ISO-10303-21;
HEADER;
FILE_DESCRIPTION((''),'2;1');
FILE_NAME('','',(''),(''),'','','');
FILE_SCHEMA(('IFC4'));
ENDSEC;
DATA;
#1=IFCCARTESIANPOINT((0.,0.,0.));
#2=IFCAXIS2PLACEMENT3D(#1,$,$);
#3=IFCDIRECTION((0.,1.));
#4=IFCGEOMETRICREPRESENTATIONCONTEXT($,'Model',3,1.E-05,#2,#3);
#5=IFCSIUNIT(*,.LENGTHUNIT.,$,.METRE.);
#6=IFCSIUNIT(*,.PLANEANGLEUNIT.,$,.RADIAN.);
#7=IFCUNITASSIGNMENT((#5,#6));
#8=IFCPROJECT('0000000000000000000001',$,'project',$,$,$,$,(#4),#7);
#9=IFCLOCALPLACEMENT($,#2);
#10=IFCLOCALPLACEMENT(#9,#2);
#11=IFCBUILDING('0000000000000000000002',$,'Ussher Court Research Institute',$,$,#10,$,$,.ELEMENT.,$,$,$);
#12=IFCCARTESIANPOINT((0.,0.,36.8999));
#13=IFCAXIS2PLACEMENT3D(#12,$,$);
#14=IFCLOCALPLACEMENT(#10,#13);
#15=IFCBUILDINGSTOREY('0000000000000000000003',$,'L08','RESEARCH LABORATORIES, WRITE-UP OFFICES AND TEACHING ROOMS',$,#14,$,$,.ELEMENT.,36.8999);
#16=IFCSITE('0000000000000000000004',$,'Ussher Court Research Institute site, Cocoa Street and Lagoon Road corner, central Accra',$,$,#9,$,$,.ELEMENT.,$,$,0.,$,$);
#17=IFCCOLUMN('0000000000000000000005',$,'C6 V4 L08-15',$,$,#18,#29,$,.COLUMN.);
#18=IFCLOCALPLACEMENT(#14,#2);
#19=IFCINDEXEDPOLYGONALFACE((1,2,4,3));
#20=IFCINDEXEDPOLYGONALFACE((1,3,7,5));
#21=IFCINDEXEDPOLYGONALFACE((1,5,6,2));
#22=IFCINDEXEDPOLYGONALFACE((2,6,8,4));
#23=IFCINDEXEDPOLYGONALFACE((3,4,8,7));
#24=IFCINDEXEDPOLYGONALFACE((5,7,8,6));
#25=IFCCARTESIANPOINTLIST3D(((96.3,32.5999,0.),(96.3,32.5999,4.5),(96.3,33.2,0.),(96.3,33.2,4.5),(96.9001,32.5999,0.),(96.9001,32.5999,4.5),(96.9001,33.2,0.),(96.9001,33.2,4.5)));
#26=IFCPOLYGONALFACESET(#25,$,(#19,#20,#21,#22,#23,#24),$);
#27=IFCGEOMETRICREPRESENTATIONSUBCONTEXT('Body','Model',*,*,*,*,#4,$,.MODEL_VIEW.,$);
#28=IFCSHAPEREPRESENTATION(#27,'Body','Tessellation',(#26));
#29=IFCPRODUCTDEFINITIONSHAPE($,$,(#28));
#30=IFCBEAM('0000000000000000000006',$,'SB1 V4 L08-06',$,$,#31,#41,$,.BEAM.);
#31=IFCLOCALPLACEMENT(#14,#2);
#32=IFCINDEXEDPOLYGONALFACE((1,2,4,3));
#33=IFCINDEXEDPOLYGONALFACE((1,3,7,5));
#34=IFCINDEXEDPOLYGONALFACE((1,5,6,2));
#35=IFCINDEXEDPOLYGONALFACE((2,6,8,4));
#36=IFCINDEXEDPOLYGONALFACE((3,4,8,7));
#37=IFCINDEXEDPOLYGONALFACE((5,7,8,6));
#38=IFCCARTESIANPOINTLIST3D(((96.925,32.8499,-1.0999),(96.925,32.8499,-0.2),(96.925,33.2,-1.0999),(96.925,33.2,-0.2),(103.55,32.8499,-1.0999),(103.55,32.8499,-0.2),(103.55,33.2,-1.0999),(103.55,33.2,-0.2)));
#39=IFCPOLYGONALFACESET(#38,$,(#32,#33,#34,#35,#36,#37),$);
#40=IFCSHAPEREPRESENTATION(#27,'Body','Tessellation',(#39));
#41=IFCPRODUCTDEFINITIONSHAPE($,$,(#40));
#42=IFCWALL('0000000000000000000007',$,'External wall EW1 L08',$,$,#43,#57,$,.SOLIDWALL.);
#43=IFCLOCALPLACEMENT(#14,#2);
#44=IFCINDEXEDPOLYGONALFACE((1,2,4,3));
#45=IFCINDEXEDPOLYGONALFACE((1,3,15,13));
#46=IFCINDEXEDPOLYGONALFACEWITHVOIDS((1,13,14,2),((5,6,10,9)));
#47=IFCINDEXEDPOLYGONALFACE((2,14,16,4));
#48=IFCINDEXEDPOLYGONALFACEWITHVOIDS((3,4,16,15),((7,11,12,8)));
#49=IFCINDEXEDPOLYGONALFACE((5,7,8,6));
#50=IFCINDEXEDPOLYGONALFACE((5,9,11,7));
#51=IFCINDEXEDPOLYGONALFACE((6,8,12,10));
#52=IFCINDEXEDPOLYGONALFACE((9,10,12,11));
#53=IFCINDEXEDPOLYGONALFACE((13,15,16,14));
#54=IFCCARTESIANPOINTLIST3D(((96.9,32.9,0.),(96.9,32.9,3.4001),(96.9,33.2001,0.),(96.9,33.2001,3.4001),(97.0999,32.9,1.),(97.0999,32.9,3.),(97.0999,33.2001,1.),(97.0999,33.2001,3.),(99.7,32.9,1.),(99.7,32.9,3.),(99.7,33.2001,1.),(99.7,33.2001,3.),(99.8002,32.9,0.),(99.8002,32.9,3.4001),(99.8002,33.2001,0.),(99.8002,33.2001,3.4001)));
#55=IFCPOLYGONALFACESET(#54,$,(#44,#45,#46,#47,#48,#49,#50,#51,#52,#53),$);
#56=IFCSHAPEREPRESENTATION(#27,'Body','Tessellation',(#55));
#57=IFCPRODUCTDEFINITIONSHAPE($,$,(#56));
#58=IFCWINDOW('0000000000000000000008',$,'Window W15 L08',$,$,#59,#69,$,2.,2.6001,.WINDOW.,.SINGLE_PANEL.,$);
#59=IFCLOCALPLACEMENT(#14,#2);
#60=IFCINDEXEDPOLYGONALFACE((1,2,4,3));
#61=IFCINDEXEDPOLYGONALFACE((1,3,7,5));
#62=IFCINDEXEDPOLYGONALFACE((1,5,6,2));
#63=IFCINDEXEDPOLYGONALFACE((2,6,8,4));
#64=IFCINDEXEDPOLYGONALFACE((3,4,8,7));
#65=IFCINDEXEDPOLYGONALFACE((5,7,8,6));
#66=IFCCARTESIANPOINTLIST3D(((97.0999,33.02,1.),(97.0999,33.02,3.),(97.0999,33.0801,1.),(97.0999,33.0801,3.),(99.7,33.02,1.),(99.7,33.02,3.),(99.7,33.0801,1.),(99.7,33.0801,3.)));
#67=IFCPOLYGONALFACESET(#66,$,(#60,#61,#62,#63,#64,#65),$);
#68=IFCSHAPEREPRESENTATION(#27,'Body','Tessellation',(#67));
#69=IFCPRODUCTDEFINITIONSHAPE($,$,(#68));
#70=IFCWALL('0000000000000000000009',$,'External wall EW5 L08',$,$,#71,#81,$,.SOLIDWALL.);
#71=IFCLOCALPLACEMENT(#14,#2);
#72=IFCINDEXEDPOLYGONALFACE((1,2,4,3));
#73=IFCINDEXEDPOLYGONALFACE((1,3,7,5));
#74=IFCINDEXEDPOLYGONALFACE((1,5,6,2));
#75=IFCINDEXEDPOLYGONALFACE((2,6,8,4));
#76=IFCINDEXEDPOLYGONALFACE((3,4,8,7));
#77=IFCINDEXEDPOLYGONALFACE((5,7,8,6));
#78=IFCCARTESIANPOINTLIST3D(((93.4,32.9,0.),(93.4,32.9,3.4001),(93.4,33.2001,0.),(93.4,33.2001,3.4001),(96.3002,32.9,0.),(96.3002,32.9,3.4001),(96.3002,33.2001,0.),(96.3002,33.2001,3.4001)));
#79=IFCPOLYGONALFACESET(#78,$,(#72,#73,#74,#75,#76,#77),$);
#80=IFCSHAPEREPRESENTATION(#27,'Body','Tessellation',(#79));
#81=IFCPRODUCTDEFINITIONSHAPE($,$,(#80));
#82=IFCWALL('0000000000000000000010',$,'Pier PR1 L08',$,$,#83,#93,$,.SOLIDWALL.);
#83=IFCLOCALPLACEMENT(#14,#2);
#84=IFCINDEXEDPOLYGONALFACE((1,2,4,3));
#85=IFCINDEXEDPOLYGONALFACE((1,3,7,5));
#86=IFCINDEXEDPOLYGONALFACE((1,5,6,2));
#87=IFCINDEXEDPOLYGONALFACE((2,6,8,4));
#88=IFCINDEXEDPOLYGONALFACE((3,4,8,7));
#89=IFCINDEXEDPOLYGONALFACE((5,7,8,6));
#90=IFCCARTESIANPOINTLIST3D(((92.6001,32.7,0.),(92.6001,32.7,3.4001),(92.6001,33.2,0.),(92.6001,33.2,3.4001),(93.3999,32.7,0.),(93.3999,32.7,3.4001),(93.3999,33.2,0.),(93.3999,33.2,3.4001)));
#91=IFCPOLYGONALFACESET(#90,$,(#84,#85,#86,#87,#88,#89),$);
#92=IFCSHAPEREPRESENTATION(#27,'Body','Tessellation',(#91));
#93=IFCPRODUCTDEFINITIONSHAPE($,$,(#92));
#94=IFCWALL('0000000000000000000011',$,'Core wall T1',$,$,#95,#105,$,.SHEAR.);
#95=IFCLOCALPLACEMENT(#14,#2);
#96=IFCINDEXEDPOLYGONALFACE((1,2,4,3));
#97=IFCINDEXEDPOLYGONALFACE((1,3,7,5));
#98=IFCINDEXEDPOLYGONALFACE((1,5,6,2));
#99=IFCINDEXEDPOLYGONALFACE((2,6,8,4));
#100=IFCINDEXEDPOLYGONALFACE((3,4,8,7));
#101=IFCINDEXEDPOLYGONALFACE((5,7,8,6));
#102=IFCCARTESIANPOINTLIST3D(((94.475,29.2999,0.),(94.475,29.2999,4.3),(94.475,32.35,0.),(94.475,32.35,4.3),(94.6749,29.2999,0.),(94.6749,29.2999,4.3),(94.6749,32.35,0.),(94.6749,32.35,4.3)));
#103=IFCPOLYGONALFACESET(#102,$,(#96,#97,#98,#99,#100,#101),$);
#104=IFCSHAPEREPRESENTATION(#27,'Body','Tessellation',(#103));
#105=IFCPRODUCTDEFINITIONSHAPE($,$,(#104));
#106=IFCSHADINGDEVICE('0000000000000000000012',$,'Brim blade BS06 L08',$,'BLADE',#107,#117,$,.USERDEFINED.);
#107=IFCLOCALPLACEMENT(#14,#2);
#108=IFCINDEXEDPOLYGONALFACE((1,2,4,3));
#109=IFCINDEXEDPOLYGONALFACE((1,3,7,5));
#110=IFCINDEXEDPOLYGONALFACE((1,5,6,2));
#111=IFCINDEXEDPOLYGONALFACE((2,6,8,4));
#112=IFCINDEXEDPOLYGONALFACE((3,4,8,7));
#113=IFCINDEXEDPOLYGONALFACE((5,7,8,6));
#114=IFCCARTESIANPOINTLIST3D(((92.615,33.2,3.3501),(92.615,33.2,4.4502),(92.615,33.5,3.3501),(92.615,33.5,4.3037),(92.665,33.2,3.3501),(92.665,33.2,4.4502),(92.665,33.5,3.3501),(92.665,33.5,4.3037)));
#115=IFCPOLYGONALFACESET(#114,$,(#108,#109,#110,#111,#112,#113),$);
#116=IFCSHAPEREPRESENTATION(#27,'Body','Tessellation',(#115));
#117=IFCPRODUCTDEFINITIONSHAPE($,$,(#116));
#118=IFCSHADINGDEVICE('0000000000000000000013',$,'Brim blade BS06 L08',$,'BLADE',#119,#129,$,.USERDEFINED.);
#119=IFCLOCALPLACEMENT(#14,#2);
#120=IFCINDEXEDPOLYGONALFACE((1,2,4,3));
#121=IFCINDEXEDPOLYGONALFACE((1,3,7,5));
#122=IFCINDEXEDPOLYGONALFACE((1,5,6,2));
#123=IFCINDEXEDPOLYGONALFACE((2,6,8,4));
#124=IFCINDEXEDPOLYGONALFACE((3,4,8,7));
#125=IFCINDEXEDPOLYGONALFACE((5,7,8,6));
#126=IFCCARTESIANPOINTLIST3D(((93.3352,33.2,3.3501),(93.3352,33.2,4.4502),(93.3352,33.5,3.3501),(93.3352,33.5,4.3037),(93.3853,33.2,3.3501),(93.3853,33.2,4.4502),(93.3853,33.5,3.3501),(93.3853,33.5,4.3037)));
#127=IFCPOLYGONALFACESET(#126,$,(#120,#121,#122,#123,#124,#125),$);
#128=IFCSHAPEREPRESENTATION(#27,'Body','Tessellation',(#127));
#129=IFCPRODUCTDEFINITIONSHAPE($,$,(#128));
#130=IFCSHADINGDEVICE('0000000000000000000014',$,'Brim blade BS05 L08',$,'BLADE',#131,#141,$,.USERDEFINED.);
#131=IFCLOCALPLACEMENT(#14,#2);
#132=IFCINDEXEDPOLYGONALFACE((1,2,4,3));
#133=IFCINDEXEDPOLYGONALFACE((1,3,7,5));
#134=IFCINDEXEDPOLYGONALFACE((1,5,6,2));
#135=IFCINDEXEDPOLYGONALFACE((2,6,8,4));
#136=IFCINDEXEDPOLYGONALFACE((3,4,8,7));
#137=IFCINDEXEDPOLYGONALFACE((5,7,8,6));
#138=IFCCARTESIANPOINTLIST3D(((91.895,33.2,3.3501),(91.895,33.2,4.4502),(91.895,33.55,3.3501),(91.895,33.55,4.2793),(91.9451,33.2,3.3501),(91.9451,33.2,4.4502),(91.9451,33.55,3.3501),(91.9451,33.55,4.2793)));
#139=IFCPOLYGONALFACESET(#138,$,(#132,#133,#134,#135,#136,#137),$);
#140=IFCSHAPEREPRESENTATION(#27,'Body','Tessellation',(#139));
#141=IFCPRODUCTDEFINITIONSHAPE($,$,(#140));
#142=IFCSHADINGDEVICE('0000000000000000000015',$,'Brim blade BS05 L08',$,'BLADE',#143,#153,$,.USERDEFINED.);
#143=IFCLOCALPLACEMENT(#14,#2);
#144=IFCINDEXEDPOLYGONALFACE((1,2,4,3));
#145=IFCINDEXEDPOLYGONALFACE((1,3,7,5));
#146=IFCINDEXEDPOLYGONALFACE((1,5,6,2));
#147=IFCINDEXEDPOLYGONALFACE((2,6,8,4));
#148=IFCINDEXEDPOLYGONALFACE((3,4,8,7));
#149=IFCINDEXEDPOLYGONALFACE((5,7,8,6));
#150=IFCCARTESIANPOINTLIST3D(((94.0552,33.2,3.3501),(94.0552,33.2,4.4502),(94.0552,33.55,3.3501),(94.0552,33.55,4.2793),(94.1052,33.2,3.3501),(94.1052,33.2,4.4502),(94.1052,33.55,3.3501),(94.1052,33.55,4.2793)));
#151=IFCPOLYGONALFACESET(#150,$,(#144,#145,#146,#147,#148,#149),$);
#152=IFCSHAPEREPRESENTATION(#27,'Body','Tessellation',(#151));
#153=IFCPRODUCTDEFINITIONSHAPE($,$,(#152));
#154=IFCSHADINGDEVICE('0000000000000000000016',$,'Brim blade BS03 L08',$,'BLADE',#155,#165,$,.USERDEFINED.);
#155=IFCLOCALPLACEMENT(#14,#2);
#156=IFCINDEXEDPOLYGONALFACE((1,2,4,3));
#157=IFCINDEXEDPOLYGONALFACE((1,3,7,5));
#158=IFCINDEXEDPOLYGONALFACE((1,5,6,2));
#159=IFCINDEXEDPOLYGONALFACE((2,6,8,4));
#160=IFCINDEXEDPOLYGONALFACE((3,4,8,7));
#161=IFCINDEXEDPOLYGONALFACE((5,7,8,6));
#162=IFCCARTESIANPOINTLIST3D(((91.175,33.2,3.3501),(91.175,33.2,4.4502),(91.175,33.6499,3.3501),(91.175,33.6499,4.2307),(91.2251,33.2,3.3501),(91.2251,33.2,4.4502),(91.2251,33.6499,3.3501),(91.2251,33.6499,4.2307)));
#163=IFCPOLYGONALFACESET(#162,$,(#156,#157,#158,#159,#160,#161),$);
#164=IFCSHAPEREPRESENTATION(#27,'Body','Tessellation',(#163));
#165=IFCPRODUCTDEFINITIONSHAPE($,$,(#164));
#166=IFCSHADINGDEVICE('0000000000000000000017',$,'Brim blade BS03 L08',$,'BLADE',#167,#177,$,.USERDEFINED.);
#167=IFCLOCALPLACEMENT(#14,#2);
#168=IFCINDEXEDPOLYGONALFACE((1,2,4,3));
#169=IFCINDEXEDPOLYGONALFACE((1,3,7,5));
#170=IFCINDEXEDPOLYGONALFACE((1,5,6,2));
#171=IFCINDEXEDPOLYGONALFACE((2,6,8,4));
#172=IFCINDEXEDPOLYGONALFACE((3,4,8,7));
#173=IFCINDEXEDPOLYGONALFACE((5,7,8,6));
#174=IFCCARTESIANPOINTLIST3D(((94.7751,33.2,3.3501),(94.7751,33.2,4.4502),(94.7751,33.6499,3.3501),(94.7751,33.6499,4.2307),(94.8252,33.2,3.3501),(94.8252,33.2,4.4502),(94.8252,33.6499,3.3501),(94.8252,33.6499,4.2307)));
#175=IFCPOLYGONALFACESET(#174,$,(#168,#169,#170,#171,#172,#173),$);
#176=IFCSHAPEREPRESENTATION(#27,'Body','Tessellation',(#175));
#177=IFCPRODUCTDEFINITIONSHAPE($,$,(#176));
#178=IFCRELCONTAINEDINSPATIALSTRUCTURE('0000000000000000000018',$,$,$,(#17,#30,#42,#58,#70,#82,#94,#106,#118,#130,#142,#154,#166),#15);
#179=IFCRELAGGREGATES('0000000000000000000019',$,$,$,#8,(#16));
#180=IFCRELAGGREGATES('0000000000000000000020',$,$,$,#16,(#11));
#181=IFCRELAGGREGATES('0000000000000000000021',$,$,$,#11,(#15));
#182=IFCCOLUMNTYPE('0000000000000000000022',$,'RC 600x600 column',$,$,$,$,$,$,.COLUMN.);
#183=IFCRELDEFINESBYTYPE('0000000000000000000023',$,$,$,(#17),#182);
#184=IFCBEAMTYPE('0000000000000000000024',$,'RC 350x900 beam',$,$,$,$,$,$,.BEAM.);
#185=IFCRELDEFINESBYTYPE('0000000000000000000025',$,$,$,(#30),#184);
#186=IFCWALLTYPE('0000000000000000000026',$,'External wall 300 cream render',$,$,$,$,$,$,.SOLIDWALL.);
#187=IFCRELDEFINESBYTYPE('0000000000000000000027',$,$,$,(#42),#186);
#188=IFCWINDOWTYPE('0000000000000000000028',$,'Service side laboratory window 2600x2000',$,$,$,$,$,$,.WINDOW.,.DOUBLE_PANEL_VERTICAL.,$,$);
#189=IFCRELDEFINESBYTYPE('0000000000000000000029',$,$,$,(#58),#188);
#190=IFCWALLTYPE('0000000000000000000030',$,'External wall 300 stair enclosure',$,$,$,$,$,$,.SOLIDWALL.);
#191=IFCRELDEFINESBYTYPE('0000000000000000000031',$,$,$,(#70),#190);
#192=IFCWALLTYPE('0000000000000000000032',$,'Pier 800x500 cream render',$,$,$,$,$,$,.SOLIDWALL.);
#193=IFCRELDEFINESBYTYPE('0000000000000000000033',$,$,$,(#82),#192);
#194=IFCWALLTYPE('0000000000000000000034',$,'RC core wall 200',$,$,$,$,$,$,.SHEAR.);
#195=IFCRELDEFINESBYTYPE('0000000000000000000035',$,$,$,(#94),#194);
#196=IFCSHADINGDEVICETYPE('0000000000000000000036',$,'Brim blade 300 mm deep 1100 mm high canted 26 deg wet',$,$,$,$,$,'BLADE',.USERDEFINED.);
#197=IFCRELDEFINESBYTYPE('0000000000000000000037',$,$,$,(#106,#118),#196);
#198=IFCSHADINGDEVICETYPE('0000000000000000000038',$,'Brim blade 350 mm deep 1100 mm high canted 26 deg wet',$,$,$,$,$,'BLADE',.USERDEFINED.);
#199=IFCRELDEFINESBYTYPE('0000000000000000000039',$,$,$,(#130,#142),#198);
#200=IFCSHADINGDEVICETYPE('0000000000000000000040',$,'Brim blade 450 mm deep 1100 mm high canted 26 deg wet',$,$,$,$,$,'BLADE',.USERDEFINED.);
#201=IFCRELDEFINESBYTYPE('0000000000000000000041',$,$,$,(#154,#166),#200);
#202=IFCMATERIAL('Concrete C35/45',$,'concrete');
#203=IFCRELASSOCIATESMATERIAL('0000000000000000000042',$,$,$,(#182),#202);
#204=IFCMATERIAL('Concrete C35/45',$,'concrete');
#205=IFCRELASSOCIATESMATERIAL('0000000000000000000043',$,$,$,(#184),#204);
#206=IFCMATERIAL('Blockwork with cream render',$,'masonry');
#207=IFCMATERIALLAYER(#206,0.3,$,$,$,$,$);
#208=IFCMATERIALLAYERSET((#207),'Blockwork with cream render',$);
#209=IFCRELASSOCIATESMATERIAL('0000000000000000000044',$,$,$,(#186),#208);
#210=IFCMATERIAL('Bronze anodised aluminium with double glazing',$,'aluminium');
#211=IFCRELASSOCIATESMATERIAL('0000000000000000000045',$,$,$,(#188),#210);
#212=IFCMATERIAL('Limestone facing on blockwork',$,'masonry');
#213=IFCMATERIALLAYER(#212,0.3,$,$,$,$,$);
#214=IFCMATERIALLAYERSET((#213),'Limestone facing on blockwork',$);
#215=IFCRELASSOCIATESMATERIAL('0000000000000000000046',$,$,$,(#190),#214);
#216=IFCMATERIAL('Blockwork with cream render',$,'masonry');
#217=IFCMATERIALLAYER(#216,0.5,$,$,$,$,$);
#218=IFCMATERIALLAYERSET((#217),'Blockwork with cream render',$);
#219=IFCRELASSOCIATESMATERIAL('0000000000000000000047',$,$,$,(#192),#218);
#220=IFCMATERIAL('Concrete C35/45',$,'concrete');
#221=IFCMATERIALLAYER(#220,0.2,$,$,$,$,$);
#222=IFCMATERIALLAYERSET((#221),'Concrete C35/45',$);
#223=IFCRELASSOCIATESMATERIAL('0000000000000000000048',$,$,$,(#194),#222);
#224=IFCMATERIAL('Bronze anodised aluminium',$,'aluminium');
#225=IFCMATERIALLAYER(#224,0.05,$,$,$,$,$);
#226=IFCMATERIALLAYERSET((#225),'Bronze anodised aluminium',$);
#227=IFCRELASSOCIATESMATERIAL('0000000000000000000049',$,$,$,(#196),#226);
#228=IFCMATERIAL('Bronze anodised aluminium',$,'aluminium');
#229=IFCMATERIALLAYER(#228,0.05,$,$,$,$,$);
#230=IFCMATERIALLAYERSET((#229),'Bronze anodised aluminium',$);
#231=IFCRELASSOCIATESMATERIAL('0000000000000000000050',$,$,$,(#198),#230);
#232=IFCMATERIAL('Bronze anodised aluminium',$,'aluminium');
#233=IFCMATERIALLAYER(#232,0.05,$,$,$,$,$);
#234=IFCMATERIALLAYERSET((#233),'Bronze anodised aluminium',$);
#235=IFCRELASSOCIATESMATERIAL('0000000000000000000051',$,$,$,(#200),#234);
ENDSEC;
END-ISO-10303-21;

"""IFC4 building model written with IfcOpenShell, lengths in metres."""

from ifc_helpers import new_model, si_unit, direction, frame, frame_2d, origin, origin_2d, place, context, subcontext, project, spatial, polyline, rectangle, outline, extrude, material, layer, layer_set, material_profile, profile_set, type_object, element, fill, save


model = new_model("IFC4")

# Units and contexts
model_context = context("Model", 3, precision=1e-05, world=origin(), true_north=direction((0.0, 1.0)))
body_context = subcontext(model_context, "Body", "Model", "MODEL_VIEW")
ifc_project = project(units=[si_unit("LENGTHUNIT", "METRE"), si_unit("PLANEANGLEUNIT", "RADIAN")], contexts=[model_context])

# Site, building, storey
site_placement = place(None, origin())
site = spatial("IfcSite", under=ifc_project, at=site_placement, Name="Ussher Court Research Institute site, Cocoa Street and Lagoon Road corner, central Accra", CompositionType="ELEMENT", RefElevation=0.0)
building_placement = place(site_placement, origin())
building = spatial("IfcBuilding", under=site, at=building_placement, Name="Ussher Court Research Institute", CompositionType="ELEMENT")
storey_placement = place(building_placement, frame((0.0, 0.0, 36.8999)))
storey = spatial("IfcBuildingStorey", under=building, at=storey_placement, Name="L08", Description="RESEARCH LABORATORIES, WRITE-UP OFFICES AND TEACHING ROOMS", CompositionType="ELEMENT", Elevation=36.8999)

# Column
ifc_material_1 = material(Name="Concrete C35/45", Category="concrete")
ifc_material_profile_1 = material_profile(ifc_material_1, rectangle(XDim=0.6001, YDim=0.6001, at=origin_2d()), Name="RC 600x600")
ifc_profile_set_1 = profile_set([ifc_material_profile_1], Name="Concrete C35/45")
column_type = type_object("IfcColumnType", Name="RC 600x600 column", PredefinedType="COLUMN", material=ifc_profile_set_1)
column_placement = place(storey_placement, frame((96.6001, 32.8999, 0.0), z_axis=(0.0, 0.0, 1.0), x_axis=(1.0, 0.0, 0.0)))
element("IfcColumn", 1, at=column_placement, inside=storey, type_object=column_type, Name="C6 V4 L08-15", PredefinedType="COLUMN", context=body_context, shape_type="SweptSolid", body=[
    extrude(rectangle(XDim=0.6001, YDim=0.6001, at=origin_2d()), origin(), (0.0, 0.0, 1.0), 4.5),
])

# Beam
ifc_material_2 = material(Name="Concrete C35/45", Category="concrete")
ifc_material_profile_2 = material_profile(ifc_material_2, rectangle(XDim=0.3501, YDim=0.8999, at=origin_2d()), Name="RC 350x900")
ifc_profile_set_2 = profile_set([ifc_material_profile_2], Name="Concrete C35/45")
beam_type = type_object("IfcBeamType", Name="RC 350x900 beam", PredefinedType="BEAM", material=ifc_profile_set_2)
beam_placement = place(storey_placement, frame((96.925, 33.0249, -0.6499), z_axis=(1.0, 0.0, 0.0), x_axis=(0.0, 1.0, 0.0)))
element("IfcBeam", 2, at=beam_placement, inside=storey, type_object=beam_type, Name="SB1 V4 L08-06", PredefinedType="BEAM", context=body_context, shape_type="SweptSolid", body=[
    extrude(rectangle(XDim=0.3501, YDim=0.8999, at=origin_2d()), origin(), (0.0, 0.0, 1.0), 6.625),
])

# Wall, opening, window
ifc_material_3 = material(Name="Blockwork with cream render", Category="masonry")
ifc_layer_1 = layer(ifc_material_3, 0.3)
ifc_layer_set_1 = layer_set([ifc_layer_1], Name="Blockwork with cream render")
wall_type_1 = type_object("IfcWallType", Name="External wall 300 cream render", PredefinedType="SOLIDWALL", material=ifc_layer_set_1)
wall_1_placement = place(storey_placement, frame((96.8999, 33.05, 0.0), z_axis=(0.0, 0.0, 1.0), x_axis=(1.0, 0.0, 0.0)))
wall_1 = element("IfcWall", 3, at=wall_1_placement, inside=storey, type_object=wall_type_1, Name="External wall EW1 L08", PredefinedType="SOLIDWALL", context=body_context, shape_type="SweptSolid", body=[
    extrude(rectangle(XDim=2.9001, YDim=0.3, at=frame_2d((1.4502, 0.0))), origin(), (0.0, 0.0, 1.0), 3.4001),
])
opening_placement = place(wall_1_placement, frame((0.2, 0.0, 1.0)))
opening = element("IfcOpeningElement", 4, at=opening_placement, cuts=wall_1, PredefinedType="OPENING", context=body_context, shape_type="SweptSolid", body=[
    extrude(rectangle(XDim=2.6001, YDim=2.0, at=frame_2d((1.3, 1.0))), frame((0.0, 0.1602, 0.0), z_axis=(0.0, -1.0, 0.0), x_axis=(1.0, 0.0, 0.0)), (0.0, 0.0, 1.0), 0.3201),
])
ifc_material_4 = material(Name="Bronze anodised aluminium with double glazing", Category="aluminium")
window_type = type_object("IfcWindowType", Name="Service side laboratory window 2600x2000", PartitioningType="DOUBLE_PANEL_VERTICAL", PredefinedType="WINDOW", material=ifc_material_4)
window_placement = place(opening_placement, origin())
window = element("IfcWindow", 5, at=window_placement, inside=storey, type_object=window_type, Name="Window W15 L08", OverallHeight=2.0, OverallWidth=2.6001, PartitioningType="SINGLE_PANEL", PredefinedType="WINDOW", context=body_context, shape_type="SweptSolid", body=[
    extrude(rectangle(XDim=2.6001, YDim=2.0, at=frame_2d((1.3, 1.0))), frame((0.0, 0.03, 0.0), z_axis=(0.0, -1.0, 0.0), x_axis=(1.0, 0.0, 0.0)), (0.0, 0.0, 1.0), 0.0601),
])
fill(opening, window)

# Walls
ifc_material_5 = material(Name="Limestone facing on blockwork", Category="masonry")
ifc_layer_2 = layer(ifc_material_5, 0.3)
ifc_layer_set_2 = layer_set([ifc_layer_2], Name="Limestone facing on blockwork")
wall_type_2 = type_object("IfcWallType", Name="External wall 300 stair enclosure", PredefinedType="SOLIDWALL", material=ifc_layer_set_2)
wall_2_placement = place(storey_placement, frame((93.3999, 33.05, 0.0), z_axis=(0.0, 0.0, 1.0), x_axis=(1.0, 0.0, 0.0)))
element("IfcWall", 6, at=wall_2_placement, inside=storey, type_object=wall_type_2, Name="External wall EW5 L08", PredefinedType="SOLIDWALL", context=body_context, shape_type="SweptSolid", body=[
    extrude(rectangle(XDim=2.9001, YDim=0.3, at=frame_2d((1.4502, 0.0))), origin(), (0.0, 0.0, 1.0), 3.4001),
])
ifc_material_6 = material(Name="Blockwork with cream render", Category="masonry")
ifc_layer_3 = layer(ifc_material_6, 0.5)
ifc_layer_set_3 = layer_set([ifc_layer_3], Name="Blockwork with cream render")
wall_type_3 = type_object("IfcWallType", Name="Pier 800x500 cream render", PredefinedType="SOLIDWALL", material=ifc_layer_set_3)
wall_3_placement = place(storey_placement, frame((92.6001, 32.95, 0.0), z_axis=(0.0, 0.0, 1.0), x_axis=(1.0, 0.0, 0.0)))
element("IfcWall", 7, at=wall_3_placement, inside=storey, type_object=wall_type_3, Name="Pier PR1 L08", PredefinedType="SOLIDWALL", context=body_context, shape_type="SweptSolid", body=[
    extrude(rectangle(XDim=0.7998, YDim=0.5, at=frame_2d((0.3999, 0.0))), origin(), (0.0, 0.0, 1.0), 3.4001),
])
ifc_material_7 = material(Name="Concrete C35/45", Category="concrete")
ifc_layer_4 = layer(ifc_material_7, 0.2)
ifc_layer_set_4 = layer_set([ifc_layer_4], Name="Concrete C35/45")
wall_type_4 = type_object("IfcWallType", Name="RC core wall 200", PredefinedType="SHEAR", material=ifc_layer_set_4)
wall_4_placement = place(storey_placement, frame((94.575, 29.3, 0.0), z_axis=(0.0, 0.0, 1.0), x_axis=(0.0, 1.0, 0.0)))
element("IfcWall", 8, at=wall_4_placement, inside=storey, type_object=wall_type_4, Name="Core wall T1", PredefinedType="SHEAR", context=body_context, shape_type="SweptSolid", body=[
    extrude(rectangle(XDim=3.05, YDim=0.2, at=frame_2d((1.5249, 0.0))), origin(), (0.0, 0.0, 1.0), 4.3),
])

# Shading devices
ifc_material_8 = material(Name="Bronze anodised aluminium", Category="aluminium")
ifc_layer_5 = layer(ifc_material_8, 0.05)
ifc_layer_set_5 = layer_set([ifc_layer_5], Name="Bronze anodised aluminium")
shading_device_type_1 = type_object("IfcShadingDeviceType", Name="Brim blade 300 mm deep 1100 mm high canted 26 deg wet", ElementType="BLADE", PredefinedType="USERDEFINED", material=ifc_layer_set_5)
for number, where, z_axis, x_axis, name in (
    (9, (92.6399, 33.2, 3.3501), (0.0, 0.0, 1.0), (0.0, 1.0, 0.0), "Brim blade BS06 L08"),
    (10, (93.3601, 33.2, 3.3501), (0.0, 0.0, 1.0), (0.0, 1.0, 0.0), "Brim blade BS06 L08"),
):
    element("IfcShadingDevice", number, at=place(storey_placement, frame(where, z_axis=z_axis, x_axis=x_axis)), inside=storey, type_object=shading_device_type_1, Name=name, ObjectType="BLADE", PredefinedType="USERDEFINED", context=body_context, shape_type="SweptSolid", body=[
        extrude(outline(polyline([(0.0, 0.0), (0.3, 0.0), (0.3, 0.9536), (0.0, 1.1001), (0.0, 0.0)])), frame((0.0, 0.0249, 0.0), z_axis=(0.0, -1.0, 0.0), x_axis=(1.0, 0.0, 0.0)), (0.0, 0.0, 1.0), 0.05),
    ])
ifc_material_9 = material(Name="Bronze anodised aluminium", Category="aluminium")
ifc_layer_6 = layer(ifc_material_9, 0.05)
ifc_layer_set_6 = layer_set([ifc_layer_6], Name="Bronze anodised aluminium")
shading_device_type_2 = type_object("IfcShadingDeviceType", Name="Brim blade 350 mm deep 1100 mm high canted 26 deg wet", ElementType="BLADE", PredefinedType="USERDEFINED", material=ifc_layer_set_6)
for number, where, z_axis, x_axis, name in (
    (11, (91.9199, 33.2, 3.3501), (0.0, 0.0, 1.0), (0.0, 1.0, 0.0), "Brim blade BS05 L08"),
    (12, (94.0801, 33.2, 3.3501), (0.0, 0.0, 1.0), (0.0, 1.0, 0.0), "Brim blade BS05 L08"),
):
    element("IfcShadingDevice", number, at=place(storey_placement, frame(where, z_axis=z_axis, x_axis=x_axis)), inside=storey, type_object=shading_device_type_2, Name=name, ObjectType="BLADE", PredefinedType="USERDEFINED", context=body_context, shape_type="SweptSolid", body=[
        extrude(outline(polyline([(0.0, 0.0), (0.3501, 0.0), (0.3501, 0.9292), (0.0, 1.1001), (0.0, 0.0)])), frame((0.0, 0.0249, 0.0), z_axis=(0.0, -1.0, 0.0), x_axis=(1.0, 0.0, 0.0)), (0.0, 0.0, 1.0), 0.05),
    ])
ifc_material_10 = material(Name="Bronze anodised aluminium", Category="aluminium")
ifc_layer_7 = layer(ifc_material_10, 0.05)
ifc_layer_set_7 = layer_set([ifc_layer_7], Name="Bronze anodised aluminium")
shading_device_type_3 = type_object("IfcShadingDeviceType", Name="Brim blade 450 mm deep 1100 mm high canted 26 deg wet", ElementType="BLADE", PredefinedType="USERDEFINED", material=ifc_layer_set_7)
for number, where, z_axis, x_axis, name in (
    (13, (91.2, 33.2, 3.3501), (0.0, 0.0, 1.0), (0.0, 1.0, 0.0), "Brim blade BS03 L08"),
    (14, (94.8, 33.2, 3.3501), (0.0, 0.0, 1.0), (0.0, 1.0, 0.0), "Brim blade BS03 L08"),
):
    element("IfcShadingDevice", number, at=place(storey_placement, frame(where, z_axis=z_axis, x_axis=x_axis)), inside=storey, type_object=shading_device_type_3, Name=name, ObjectType="BLADE", PredefinedType="USERDEFINED", context=body_context, shape_type="SweptSolid", body=[
        extrude(outline(polyline([(0.0, 0.0), (0.45, 0.0), (0.45, 0.8806), (0.0, 1.1001), (0.0, 0.0)])), frame((0.0, 0.0249, 0.0), z_axis=(0.0, -1.0, 0.0), x_axis=(1.0, 0.0, 0.0)), (0.0, 0.0, 1.0), 0.05),
    ])

save(model, "model.ifc")
